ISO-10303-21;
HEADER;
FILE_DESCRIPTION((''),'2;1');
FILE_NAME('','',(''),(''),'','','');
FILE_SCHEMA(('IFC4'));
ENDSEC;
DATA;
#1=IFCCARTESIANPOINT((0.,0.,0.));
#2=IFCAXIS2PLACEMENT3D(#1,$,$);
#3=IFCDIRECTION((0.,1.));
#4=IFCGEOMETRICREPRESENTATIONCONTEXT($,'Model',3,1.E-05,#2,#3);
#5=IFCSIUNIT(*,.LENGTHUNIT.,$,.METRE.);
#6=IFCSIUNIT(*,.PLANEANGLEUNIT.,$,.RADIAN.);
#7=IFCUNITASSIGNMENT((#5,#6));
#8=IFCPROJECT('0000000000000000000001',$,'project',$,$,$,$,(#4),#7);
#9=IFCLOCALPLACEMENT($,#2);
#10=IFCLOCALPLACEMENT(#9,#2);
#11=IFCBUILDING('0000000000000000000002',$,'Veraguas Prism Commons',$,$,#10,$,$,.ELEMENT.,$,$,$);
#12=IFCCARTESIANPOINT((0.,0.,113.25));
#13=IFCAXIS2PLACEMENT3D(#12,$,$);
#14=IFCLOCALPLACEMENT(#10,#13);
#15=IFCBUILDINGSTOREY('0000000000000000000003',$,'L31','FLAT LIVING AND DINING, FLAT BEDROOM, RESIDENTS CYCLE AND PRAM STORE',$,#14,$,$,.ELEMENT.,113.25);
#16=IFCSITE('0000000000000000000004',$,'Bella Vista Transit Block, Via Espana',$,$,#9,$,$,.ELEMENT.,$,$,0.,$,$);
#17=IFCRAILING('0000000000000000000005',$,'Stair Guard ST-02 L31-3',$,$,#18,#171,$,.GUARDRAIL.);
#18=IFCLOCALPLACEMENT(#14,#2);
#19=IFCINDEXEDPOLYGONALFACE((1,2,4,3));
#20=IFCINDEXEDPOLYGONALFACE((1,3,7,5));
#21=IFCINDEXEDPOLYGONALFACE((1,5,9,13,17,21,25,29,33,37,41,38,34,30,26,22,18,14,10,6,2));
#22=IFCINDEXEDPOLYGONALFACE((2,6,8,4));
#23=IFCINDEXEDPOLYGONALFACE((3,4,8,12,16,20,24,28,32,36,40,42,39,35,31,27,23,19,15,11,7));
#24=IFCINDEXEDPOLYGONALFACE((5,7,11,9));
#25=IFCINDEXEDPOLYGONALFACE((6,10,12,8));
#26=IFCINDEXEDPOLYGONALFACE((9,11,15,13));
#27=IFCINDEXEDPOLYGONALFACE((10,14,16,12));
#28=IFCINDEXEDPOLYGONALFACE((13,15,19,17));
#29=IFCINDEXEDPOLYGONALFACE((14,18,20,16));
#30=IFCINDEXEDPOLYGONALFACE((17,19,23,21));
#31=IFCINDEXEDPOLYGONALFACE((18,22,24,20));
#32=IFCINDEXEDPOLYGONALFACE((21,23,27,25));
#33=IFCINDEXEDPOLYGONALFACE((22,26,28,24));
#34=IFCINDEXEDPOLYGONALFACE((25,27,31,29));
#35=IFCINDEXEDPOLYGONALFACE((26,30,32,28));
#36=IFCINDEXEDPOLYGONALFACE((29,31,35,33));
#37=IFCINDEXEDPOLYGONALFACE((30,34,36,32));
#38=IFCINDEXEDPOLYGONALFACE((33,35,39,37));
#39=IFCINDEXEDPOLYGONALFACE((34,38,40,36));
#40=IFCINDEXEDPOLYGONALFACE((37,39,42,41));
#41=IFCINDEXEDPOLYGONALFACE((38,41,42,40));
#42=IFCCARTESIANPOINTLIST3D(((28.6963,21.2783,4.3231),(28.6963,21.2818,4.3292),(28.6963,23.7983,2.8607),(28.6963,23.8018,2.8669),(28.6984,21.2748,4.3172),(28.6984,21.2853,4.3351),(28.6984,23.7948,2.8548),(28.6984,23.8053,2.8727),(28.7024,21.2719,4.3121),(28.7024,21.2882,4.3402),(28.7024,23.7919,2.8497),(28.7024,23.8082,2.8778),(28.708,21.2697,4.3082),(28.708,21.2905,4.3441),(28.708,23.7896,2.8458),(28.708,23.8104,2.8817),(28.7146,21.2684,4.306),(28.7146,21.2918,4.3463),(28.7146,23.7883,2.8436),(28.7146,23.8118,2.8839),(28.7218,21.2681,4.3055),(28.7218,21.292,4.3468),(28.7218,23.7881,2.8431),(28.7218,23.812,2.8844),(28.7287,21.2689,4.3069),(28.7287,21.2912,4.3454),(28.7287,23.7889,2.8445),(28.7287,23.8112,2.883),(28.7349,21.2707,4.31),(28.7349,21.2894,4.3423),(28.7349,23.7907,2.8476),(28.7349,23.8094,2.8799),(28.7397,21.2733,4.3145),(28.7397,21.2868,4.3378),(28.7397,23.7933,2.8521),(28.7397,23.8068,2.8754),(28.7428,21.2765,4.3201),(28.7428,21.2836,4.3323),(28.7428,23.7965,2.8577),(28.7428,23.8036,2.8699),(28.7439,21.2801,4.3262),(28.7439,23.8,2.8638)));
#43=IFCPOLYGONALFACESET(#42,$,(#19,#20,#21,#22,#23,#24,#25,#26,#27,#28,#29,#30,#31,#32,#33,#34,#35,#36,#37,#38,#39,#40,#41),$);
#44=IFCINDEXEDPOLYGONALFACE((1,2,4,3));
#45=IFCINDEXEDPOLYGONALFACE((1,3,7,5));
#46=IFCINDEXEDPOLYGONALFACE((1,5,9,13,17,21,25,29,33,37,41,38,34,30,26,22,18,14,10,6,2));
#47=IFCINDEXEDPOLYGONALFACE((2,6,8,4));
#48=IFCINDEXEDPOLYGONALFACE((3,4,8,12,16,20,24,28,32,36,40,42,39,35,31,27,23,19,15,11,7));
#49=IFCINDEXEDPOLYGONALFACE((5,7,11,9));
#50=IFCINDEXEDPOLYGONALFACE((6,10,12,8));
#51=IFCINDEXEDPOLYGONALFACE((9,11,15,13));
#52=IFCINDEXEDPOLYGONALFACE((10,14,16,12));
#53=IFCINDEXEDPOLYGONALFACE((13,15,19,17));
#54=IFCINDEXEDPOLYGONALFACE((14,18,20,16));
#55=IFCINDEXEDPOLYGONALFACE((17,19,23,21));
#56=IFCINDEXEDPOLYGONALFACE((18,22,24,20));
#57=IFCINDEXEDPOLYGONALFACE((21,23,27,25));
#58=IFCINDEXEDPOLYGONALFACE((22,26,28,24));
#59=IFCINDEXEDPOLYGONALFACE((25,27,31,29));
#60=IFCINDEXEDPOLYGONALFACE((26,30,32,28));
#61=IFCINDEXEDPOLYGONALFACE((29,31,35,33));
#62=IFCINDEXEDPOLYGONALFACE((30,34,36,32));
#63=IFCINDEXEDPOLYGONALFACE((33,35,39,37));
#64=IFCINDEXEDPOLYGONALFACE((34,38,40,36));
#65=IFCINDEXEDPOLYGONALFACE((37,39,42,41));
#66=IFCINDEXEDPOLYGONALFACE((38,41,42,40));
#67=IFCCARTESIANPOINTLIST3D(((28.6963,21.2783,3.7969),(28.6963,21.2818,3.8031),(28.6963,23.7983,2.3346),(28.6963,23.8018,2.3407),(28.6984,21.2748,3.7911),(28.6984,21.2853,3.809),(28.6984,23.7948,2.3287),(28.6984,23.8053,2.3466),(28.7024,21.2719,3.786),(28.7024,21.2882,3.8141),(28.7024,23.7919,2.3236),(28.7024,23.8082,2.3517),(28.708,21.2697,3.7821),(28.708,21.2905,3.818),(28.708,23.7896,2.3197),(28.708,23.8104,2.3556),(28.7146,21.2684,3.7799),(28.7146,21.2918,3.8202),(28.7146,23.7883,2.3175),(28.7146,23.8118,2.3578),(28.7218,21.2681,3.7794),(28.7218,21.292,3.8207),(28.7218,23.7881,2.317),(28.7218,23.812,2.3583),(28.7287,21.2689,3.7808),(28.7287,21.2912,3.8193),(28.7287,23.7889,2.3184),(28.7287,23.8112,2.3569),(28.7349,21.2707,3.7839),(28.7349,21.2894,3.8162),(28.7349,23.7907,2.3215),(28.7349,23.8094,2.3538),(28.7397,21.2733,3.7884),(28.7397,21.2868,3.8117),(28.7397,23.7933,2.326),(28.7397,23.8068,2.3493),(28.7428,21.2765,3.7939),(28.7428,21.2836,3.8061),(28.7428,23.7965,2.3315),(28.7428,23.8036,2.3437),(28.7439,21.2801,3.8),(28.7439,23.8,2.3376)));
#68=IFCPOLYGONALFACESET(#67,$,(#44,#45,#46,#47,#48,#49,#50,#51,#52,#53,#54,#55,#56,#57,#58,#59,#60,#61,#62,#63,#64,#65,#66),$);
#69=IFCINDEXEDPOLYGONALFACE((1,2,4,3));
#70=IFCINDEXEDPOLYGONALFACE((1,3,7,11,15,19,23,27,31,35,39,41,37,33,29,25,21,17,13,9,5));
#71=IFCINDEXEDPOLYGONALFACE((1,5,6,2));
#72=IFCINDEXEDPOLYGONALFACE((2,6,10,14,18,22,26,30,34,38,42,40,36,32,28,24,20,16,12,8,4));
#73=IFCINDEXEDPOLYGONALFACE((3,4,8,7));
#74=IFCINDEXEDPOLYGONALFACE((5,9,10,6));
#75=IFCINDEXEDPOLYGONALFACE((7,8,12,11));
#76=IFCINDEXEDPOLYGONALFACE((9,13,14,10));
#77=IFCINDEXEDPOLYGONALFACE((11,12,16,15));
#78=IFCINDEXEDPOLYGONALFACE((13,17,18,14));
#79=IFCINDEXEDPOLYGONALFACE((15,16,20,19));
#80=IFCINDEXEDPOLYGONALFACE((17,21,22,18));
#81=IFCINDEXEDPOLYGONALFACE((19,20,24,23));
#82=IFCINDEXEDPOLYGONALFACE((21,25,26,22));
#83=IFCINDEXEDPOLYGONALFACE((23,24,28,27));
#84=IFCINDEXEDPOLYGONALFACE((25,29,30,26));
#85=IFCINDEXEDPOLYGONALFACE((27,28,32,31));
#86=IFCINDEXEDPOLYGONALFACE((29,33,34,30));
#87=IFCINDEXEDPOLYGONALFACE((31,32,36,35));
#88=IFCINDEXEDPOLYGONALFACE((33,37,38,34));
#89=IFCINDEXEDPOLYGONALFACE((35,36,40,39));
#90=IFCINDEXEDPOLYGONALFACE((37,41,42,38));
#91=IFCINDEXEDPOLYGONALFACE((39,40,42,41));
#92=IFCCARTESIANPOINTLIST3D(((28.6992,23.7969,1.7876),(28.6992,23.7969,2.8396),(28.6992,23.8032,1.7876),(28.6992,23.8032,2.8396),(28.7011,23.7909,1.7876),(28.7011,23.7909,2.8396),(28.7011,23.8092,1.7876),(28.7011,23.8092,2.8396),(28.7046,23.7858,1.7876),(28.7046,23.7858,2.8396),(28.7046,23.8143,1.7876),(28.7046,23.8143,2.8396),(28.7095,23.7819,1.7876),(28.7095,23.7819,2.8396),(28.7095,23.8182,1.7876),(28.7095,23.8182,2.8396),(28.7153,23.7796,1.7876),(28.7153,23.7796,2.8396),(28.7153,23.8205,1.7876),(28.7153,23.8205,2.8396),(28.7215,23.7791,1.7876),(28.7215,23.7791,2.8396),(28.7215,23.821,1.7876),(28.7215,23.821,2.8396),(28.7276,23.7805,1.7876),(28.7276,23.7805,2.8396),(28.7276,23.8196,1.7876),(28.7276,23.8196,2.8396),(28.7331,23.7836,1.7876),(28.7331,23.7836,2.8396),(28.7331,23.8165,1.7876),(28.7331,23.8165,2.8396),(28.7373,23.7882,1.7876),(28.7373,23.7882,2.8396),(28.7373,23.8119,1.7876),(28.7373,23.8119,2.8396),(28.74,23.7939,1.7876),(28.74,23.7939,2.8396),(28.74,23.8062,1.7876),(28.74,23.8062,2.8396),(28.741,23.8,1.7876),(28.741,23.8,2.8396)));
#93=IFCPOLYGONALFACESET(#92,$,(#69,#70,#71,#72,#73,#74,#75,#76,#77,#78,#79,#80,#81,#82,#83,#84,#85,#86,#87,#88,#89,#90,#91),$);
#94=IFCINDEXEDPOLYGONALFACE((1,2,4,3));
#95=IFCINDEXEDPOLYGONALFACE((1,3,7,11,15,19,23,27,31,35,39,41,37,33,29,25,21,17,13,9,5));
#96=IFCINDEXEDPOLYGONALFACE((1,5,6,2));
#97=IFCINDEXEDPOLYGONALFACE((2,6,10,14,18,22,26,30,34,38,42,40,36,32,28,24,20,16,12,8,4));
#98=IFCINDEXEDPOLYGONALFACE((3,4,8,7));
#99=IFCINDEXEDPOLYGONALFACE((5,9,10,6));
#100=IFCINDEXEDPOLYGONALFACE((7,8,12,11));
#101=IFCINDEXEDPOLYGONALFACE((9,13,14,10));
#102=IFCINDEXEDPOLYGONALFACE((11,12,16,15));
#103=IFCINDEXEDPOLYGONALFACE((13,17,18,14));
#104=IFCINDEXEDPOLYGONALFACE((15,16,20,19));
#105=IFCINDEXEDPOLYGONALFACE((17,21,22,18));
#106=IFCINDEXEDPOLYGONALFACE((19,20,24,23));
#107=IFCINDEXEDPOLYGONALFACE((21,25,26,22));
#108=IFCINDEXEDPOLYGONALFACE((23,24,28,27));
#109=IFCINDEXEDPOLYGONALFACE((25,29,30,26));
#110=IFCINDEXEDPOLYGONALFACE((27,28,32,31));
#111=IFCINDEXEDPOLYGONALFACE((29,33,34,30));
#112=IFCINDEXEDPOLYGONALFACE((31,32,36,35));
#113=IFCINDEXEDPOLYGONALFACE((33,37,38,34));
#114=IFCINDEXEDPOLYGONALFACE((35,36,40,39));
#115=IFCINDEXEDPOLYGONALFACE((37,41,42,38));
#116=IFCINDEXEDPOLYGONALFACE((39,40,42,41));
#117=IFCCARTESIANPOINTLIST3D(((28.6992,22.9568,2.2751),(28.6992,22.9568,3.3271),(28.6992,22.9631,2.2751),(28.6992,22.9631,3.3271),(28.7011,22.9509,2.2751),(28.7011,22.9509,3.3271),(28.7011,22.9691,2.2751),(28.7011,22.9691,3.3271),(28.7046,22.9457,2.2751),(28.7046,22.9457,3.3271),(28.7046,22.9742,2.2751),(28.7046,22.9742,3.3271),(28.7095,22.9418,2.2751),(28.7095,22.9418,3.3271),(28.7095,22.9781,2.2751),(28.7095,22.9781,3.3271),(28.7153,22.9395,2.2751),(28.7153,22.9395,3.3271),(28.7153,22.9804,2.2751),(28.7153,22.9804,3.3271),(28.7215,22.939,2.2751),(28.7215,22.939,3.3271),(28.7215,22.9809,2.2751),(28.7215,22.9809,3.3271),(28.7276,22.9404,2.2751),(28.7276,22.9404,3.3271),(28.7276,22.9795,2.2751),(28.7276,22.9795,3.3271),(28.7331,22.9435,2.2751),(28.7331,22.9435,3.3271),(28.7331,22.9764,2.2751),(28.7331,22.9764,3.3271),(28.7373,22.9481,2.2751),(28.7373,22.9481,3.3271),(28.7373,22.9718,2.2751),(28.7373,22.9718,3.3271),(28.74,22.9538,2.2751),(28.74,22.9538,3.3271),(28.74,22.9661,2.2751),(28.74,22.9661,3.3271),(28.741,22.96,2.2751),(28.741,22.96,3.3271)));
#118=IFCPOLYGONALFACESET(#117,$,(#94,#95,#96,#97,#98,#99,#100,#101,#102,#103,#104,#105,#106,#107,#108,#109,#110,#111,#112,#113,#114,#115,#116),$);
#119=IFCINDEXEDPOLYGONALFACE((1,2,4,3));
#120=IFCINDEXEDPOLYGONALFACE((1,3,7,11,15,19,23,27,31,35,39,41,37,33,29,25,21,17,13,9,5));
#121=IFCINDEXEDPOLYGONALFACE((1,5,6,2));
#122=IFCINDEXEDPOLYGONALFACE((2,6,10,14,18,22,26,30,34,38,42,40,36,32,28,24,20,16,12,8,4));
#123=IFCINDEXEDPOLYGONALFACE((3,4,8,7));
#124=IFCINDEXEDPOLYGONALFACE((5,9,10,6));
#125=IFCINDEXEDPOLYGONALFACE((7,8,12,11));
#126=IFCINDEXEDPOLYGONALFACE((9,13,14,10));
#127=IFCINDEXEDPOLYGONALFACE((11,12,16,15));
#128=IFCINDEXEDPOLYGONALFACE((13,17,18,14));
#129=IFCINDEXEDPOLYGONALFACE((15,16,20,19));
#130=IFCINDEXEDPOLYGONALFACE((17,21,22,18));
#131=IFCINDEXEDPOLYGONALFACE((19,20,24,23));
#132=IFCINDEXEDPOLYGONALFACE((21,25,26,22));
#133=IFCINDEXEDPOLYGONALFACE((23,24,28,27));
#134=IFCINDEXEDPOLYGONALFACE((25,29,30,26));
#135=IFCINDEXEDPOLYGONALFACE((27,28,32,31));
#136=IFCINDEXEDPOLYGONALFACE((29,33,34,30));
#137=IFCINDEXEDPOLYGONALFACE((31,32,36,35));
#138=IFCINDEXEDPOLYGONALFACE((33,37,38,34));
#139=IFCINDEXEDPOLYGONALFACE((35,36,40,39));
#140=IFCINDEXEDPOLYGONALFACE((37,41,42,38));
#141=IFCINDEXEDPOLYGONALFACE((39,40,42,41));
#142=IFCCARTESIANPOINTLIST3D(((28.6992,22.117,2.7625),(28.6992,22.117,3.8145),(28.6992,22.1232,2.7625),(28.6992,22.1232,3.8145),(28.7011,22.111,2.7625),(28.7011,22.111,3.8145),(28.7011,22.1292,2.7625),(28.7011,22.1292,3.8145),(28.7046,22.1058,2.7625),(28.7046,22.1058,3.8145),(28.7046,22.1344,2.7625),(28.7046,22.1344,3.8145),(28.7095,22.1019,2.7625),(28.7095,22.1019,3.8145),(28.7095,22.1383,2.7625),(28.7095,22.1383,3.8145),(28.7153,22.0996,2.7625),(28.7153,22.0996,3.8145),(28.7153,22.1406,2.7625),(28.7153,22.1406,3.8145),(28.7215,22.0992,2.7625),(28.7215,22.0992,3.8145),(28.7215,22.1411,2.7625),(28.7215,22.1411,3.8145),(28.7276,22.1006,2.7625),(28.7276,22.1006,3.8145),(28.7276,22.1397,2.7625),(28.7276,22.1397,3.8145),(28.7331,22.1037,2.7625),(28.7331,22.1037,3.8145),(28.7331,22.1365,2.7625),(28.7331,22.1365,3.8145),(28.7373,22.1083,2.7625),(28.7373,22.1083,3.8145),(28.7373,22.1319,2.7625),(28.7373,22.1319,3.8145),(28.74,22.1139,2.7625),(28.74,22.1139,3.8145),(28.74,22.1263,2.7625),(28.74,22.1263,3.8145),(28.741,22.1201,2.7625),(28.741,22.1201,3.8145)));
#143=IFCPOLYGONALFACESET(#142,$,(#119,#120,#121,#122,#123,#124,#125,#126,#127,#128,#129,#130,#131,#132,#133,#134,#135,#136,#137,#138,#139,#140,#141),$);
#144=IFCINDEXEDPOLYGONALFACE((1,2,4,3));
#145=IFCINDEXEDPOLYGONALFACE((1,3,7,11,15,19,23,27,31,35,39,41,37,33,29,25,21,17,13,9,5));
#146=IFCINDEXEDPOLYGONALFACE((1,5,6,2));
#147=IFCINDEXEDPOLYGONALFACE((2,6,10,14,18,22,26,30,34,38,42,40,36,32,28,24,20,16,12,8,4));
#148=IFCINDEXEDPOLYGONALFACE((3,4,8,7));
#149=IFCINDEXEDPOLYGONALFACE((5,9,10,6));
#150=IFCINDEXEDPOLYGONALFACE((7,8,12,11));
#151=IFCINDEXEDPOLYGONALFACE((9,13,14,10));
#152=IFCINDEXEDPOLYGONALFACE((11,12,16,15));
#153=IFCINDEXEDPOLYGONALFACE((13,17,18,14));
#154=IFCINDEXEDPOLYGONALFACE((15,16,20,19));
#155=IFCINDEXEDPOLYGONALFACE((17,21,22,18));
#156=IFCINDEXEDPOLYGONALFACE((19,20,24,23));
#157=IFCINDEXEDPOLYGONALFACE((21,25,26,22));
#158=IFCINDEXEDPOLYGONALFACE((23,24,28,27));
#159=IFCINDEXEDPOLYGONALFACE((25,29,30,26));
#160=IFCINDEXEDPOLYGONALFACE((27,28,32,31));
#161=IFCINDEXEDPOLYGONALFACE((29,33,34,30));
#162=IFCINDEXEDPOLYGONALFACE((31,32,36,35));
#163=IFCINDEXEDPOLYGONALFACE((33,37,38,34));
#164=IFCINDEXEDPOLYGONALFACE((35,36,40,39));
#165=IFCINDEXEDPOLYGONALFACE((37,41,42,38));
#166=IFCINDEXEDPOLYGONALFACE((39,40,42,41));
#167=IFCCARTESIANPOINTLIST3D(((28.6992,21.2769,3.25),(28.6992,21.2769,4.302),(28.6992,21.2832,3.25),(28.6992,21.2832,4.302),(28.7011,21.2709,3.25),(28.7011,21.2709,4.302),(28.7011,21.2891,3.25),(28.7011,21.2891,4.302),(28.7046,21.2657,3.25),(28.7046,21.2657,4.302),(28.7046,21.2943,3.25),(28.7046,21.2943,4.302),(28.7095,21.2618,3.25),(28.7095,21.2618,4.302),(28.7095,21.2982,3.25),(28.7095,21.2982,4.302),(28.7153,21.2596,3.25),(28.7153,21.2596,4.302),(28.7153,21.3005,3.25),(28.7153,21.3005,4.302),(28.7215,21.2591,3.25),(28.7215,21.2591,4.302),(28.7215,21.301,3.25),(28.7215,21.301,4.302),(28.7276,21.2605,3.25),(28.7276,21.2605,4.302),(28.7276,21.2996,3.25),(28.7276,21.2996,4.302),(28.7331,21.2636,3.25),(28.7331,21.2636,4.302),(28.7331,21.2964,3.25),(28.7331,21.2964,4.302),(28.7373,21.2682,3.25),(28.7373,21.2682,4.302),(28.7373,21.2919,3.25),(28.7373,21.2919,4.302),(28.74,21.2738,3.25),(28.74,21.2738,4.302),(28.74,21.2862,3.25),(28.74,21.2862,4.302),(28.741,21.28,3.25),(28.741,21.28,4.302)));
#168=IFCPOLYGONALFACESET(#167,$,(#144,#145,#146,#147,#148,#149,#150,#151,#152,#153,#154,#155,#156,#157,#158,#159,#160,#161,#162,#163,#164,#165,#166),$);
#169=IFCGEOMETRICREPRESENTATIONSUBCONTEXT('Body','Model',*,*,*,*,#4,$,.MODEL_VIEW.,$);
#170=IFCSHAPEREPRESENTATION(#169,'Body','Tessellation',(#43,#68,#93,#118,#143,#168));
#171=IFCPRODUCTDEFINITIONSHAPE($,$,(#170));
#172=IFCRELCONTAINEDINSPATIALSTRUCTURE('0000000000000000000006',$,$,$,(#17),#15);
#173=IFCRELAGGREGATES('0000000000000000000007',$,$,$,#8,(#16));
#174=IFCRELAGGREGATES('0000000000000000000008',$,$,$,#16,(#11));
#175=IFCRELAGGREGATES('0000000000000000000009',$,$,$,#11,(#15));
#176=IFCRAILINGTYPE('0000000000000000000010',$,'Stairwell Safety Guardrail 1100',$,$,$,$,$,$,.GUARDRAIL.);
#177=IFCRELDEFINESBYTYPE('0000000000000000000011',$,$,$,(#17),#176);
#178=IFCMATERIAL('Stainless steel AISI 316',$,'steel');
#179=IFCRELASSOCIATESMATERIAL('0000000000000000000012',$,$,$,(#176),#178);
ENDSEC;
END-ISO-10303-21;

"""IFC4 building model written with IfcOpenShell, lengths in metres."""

from ifc_helpers import new_model, si_unit, direction, frame, origin, origin_2d, place, context, subcontext, project, spatial, circle, extrude, material, type_object, element, save


model = new_model("IFC4")

# Units and contexts
model_context = context("Model", 3, precision=1e-05, world=origin(), true_north=direction((0.0, 1.0)))
body_context = subcontext(model_context, "Body", "Model", "MODEL_VIEW")
ifc_project = project(units=[si_unit("LENGTHUNIT", "METRE"), si_unit("PLANEANGLEUNIT", "RADIAN")], contexts=[model_context])

# Site, building, storey
site_placement = place(None, origin())
site = spatial("IfcSite", under=ifc_project, at=site_placement, Name="Bella Vista Transit Block, Via Espana", CompositionType="ELEMENT", RefElevation=0.0)
building_placement = place(site_placement, origin())
building = spatial("IfcBuilding", under=site, at=building_placement, Name="Veraguas Prism Commons", CompositionType="ELEMENT")
storey_placement = place(building_placement, frame((0.0, 0.0, 113.25)))
storey = spatial("IfcBuildingStorey", under=building, at=storey_placement, Name="L31", Description="FLAT LIVING AND DINING, FLAT BEDROOM, RESIDENTS CYCLE AND PRAM STORE", CompositionType="ELEMENT", Elevation=113.25)

# Shared definitions
ifc_material_1 = material(Name="Stainless steel AISI 316", Category="steel")

# Railing
railing_type_1 = type_object("IfcRailingType", Name="Stairwell Safety Guardrail 1100", PredefinedType="GUARDRAIL", material=ifc_material_1)
railing_1_placement = place(storey_placement, frame((28.72, 23.8, 1.7876)))
element("IfcRailing", 1, at=railing_1_placement, inside=storey, type_object=railing_type_1, Name="Stair Guard ST-02 L31-3", PredefinedType="GUARDRAIL", context=body_context, shape_type="SweptSolid", body=[
    extrude(circle(Radius=0.0239, at=origin_2d()), frame((0.0, 0.0, 1.0762), z_axis=(0.0, -0.864913, 0.501921), x_axis=(1.0, 0.0, 0.0)), (0.0, 0.0, 1.0), 2.9136),
    extrude(circle(Radius=0.0239, at=origin_2d()), frame((0.0, 0.0, 0.55), z_axis=(0.0, -0.864913, 0.501921), x_axis=(1.0, 0.0, 0.0)), (0.0, 0.0, 1.0), 2.9136),
    extrude(circle(Radius=0.021, at=origin_2d()), origin(), (0.0, 0.0, 1.0), 1.052),
    extrude(circle(Radius=0.021, at=origin_2d()), frame((0.0, -0.8401, 0.4875)), (0.0, 0.0, 1.0), 1.052),
    extrude(circle(Radius=0.021, at=origin_2d()), frame((0.0, -1.6799, 0.9749)), (0.0, 0.0, 1.0), 1.052),
    extrude(circle(Radius=0.021, at=origin_2d()), frame((0.0, -2.52, 1.4624)), (0.0, 0.0, 1.0), 1.052),
])

save(model, "model.ifc")
